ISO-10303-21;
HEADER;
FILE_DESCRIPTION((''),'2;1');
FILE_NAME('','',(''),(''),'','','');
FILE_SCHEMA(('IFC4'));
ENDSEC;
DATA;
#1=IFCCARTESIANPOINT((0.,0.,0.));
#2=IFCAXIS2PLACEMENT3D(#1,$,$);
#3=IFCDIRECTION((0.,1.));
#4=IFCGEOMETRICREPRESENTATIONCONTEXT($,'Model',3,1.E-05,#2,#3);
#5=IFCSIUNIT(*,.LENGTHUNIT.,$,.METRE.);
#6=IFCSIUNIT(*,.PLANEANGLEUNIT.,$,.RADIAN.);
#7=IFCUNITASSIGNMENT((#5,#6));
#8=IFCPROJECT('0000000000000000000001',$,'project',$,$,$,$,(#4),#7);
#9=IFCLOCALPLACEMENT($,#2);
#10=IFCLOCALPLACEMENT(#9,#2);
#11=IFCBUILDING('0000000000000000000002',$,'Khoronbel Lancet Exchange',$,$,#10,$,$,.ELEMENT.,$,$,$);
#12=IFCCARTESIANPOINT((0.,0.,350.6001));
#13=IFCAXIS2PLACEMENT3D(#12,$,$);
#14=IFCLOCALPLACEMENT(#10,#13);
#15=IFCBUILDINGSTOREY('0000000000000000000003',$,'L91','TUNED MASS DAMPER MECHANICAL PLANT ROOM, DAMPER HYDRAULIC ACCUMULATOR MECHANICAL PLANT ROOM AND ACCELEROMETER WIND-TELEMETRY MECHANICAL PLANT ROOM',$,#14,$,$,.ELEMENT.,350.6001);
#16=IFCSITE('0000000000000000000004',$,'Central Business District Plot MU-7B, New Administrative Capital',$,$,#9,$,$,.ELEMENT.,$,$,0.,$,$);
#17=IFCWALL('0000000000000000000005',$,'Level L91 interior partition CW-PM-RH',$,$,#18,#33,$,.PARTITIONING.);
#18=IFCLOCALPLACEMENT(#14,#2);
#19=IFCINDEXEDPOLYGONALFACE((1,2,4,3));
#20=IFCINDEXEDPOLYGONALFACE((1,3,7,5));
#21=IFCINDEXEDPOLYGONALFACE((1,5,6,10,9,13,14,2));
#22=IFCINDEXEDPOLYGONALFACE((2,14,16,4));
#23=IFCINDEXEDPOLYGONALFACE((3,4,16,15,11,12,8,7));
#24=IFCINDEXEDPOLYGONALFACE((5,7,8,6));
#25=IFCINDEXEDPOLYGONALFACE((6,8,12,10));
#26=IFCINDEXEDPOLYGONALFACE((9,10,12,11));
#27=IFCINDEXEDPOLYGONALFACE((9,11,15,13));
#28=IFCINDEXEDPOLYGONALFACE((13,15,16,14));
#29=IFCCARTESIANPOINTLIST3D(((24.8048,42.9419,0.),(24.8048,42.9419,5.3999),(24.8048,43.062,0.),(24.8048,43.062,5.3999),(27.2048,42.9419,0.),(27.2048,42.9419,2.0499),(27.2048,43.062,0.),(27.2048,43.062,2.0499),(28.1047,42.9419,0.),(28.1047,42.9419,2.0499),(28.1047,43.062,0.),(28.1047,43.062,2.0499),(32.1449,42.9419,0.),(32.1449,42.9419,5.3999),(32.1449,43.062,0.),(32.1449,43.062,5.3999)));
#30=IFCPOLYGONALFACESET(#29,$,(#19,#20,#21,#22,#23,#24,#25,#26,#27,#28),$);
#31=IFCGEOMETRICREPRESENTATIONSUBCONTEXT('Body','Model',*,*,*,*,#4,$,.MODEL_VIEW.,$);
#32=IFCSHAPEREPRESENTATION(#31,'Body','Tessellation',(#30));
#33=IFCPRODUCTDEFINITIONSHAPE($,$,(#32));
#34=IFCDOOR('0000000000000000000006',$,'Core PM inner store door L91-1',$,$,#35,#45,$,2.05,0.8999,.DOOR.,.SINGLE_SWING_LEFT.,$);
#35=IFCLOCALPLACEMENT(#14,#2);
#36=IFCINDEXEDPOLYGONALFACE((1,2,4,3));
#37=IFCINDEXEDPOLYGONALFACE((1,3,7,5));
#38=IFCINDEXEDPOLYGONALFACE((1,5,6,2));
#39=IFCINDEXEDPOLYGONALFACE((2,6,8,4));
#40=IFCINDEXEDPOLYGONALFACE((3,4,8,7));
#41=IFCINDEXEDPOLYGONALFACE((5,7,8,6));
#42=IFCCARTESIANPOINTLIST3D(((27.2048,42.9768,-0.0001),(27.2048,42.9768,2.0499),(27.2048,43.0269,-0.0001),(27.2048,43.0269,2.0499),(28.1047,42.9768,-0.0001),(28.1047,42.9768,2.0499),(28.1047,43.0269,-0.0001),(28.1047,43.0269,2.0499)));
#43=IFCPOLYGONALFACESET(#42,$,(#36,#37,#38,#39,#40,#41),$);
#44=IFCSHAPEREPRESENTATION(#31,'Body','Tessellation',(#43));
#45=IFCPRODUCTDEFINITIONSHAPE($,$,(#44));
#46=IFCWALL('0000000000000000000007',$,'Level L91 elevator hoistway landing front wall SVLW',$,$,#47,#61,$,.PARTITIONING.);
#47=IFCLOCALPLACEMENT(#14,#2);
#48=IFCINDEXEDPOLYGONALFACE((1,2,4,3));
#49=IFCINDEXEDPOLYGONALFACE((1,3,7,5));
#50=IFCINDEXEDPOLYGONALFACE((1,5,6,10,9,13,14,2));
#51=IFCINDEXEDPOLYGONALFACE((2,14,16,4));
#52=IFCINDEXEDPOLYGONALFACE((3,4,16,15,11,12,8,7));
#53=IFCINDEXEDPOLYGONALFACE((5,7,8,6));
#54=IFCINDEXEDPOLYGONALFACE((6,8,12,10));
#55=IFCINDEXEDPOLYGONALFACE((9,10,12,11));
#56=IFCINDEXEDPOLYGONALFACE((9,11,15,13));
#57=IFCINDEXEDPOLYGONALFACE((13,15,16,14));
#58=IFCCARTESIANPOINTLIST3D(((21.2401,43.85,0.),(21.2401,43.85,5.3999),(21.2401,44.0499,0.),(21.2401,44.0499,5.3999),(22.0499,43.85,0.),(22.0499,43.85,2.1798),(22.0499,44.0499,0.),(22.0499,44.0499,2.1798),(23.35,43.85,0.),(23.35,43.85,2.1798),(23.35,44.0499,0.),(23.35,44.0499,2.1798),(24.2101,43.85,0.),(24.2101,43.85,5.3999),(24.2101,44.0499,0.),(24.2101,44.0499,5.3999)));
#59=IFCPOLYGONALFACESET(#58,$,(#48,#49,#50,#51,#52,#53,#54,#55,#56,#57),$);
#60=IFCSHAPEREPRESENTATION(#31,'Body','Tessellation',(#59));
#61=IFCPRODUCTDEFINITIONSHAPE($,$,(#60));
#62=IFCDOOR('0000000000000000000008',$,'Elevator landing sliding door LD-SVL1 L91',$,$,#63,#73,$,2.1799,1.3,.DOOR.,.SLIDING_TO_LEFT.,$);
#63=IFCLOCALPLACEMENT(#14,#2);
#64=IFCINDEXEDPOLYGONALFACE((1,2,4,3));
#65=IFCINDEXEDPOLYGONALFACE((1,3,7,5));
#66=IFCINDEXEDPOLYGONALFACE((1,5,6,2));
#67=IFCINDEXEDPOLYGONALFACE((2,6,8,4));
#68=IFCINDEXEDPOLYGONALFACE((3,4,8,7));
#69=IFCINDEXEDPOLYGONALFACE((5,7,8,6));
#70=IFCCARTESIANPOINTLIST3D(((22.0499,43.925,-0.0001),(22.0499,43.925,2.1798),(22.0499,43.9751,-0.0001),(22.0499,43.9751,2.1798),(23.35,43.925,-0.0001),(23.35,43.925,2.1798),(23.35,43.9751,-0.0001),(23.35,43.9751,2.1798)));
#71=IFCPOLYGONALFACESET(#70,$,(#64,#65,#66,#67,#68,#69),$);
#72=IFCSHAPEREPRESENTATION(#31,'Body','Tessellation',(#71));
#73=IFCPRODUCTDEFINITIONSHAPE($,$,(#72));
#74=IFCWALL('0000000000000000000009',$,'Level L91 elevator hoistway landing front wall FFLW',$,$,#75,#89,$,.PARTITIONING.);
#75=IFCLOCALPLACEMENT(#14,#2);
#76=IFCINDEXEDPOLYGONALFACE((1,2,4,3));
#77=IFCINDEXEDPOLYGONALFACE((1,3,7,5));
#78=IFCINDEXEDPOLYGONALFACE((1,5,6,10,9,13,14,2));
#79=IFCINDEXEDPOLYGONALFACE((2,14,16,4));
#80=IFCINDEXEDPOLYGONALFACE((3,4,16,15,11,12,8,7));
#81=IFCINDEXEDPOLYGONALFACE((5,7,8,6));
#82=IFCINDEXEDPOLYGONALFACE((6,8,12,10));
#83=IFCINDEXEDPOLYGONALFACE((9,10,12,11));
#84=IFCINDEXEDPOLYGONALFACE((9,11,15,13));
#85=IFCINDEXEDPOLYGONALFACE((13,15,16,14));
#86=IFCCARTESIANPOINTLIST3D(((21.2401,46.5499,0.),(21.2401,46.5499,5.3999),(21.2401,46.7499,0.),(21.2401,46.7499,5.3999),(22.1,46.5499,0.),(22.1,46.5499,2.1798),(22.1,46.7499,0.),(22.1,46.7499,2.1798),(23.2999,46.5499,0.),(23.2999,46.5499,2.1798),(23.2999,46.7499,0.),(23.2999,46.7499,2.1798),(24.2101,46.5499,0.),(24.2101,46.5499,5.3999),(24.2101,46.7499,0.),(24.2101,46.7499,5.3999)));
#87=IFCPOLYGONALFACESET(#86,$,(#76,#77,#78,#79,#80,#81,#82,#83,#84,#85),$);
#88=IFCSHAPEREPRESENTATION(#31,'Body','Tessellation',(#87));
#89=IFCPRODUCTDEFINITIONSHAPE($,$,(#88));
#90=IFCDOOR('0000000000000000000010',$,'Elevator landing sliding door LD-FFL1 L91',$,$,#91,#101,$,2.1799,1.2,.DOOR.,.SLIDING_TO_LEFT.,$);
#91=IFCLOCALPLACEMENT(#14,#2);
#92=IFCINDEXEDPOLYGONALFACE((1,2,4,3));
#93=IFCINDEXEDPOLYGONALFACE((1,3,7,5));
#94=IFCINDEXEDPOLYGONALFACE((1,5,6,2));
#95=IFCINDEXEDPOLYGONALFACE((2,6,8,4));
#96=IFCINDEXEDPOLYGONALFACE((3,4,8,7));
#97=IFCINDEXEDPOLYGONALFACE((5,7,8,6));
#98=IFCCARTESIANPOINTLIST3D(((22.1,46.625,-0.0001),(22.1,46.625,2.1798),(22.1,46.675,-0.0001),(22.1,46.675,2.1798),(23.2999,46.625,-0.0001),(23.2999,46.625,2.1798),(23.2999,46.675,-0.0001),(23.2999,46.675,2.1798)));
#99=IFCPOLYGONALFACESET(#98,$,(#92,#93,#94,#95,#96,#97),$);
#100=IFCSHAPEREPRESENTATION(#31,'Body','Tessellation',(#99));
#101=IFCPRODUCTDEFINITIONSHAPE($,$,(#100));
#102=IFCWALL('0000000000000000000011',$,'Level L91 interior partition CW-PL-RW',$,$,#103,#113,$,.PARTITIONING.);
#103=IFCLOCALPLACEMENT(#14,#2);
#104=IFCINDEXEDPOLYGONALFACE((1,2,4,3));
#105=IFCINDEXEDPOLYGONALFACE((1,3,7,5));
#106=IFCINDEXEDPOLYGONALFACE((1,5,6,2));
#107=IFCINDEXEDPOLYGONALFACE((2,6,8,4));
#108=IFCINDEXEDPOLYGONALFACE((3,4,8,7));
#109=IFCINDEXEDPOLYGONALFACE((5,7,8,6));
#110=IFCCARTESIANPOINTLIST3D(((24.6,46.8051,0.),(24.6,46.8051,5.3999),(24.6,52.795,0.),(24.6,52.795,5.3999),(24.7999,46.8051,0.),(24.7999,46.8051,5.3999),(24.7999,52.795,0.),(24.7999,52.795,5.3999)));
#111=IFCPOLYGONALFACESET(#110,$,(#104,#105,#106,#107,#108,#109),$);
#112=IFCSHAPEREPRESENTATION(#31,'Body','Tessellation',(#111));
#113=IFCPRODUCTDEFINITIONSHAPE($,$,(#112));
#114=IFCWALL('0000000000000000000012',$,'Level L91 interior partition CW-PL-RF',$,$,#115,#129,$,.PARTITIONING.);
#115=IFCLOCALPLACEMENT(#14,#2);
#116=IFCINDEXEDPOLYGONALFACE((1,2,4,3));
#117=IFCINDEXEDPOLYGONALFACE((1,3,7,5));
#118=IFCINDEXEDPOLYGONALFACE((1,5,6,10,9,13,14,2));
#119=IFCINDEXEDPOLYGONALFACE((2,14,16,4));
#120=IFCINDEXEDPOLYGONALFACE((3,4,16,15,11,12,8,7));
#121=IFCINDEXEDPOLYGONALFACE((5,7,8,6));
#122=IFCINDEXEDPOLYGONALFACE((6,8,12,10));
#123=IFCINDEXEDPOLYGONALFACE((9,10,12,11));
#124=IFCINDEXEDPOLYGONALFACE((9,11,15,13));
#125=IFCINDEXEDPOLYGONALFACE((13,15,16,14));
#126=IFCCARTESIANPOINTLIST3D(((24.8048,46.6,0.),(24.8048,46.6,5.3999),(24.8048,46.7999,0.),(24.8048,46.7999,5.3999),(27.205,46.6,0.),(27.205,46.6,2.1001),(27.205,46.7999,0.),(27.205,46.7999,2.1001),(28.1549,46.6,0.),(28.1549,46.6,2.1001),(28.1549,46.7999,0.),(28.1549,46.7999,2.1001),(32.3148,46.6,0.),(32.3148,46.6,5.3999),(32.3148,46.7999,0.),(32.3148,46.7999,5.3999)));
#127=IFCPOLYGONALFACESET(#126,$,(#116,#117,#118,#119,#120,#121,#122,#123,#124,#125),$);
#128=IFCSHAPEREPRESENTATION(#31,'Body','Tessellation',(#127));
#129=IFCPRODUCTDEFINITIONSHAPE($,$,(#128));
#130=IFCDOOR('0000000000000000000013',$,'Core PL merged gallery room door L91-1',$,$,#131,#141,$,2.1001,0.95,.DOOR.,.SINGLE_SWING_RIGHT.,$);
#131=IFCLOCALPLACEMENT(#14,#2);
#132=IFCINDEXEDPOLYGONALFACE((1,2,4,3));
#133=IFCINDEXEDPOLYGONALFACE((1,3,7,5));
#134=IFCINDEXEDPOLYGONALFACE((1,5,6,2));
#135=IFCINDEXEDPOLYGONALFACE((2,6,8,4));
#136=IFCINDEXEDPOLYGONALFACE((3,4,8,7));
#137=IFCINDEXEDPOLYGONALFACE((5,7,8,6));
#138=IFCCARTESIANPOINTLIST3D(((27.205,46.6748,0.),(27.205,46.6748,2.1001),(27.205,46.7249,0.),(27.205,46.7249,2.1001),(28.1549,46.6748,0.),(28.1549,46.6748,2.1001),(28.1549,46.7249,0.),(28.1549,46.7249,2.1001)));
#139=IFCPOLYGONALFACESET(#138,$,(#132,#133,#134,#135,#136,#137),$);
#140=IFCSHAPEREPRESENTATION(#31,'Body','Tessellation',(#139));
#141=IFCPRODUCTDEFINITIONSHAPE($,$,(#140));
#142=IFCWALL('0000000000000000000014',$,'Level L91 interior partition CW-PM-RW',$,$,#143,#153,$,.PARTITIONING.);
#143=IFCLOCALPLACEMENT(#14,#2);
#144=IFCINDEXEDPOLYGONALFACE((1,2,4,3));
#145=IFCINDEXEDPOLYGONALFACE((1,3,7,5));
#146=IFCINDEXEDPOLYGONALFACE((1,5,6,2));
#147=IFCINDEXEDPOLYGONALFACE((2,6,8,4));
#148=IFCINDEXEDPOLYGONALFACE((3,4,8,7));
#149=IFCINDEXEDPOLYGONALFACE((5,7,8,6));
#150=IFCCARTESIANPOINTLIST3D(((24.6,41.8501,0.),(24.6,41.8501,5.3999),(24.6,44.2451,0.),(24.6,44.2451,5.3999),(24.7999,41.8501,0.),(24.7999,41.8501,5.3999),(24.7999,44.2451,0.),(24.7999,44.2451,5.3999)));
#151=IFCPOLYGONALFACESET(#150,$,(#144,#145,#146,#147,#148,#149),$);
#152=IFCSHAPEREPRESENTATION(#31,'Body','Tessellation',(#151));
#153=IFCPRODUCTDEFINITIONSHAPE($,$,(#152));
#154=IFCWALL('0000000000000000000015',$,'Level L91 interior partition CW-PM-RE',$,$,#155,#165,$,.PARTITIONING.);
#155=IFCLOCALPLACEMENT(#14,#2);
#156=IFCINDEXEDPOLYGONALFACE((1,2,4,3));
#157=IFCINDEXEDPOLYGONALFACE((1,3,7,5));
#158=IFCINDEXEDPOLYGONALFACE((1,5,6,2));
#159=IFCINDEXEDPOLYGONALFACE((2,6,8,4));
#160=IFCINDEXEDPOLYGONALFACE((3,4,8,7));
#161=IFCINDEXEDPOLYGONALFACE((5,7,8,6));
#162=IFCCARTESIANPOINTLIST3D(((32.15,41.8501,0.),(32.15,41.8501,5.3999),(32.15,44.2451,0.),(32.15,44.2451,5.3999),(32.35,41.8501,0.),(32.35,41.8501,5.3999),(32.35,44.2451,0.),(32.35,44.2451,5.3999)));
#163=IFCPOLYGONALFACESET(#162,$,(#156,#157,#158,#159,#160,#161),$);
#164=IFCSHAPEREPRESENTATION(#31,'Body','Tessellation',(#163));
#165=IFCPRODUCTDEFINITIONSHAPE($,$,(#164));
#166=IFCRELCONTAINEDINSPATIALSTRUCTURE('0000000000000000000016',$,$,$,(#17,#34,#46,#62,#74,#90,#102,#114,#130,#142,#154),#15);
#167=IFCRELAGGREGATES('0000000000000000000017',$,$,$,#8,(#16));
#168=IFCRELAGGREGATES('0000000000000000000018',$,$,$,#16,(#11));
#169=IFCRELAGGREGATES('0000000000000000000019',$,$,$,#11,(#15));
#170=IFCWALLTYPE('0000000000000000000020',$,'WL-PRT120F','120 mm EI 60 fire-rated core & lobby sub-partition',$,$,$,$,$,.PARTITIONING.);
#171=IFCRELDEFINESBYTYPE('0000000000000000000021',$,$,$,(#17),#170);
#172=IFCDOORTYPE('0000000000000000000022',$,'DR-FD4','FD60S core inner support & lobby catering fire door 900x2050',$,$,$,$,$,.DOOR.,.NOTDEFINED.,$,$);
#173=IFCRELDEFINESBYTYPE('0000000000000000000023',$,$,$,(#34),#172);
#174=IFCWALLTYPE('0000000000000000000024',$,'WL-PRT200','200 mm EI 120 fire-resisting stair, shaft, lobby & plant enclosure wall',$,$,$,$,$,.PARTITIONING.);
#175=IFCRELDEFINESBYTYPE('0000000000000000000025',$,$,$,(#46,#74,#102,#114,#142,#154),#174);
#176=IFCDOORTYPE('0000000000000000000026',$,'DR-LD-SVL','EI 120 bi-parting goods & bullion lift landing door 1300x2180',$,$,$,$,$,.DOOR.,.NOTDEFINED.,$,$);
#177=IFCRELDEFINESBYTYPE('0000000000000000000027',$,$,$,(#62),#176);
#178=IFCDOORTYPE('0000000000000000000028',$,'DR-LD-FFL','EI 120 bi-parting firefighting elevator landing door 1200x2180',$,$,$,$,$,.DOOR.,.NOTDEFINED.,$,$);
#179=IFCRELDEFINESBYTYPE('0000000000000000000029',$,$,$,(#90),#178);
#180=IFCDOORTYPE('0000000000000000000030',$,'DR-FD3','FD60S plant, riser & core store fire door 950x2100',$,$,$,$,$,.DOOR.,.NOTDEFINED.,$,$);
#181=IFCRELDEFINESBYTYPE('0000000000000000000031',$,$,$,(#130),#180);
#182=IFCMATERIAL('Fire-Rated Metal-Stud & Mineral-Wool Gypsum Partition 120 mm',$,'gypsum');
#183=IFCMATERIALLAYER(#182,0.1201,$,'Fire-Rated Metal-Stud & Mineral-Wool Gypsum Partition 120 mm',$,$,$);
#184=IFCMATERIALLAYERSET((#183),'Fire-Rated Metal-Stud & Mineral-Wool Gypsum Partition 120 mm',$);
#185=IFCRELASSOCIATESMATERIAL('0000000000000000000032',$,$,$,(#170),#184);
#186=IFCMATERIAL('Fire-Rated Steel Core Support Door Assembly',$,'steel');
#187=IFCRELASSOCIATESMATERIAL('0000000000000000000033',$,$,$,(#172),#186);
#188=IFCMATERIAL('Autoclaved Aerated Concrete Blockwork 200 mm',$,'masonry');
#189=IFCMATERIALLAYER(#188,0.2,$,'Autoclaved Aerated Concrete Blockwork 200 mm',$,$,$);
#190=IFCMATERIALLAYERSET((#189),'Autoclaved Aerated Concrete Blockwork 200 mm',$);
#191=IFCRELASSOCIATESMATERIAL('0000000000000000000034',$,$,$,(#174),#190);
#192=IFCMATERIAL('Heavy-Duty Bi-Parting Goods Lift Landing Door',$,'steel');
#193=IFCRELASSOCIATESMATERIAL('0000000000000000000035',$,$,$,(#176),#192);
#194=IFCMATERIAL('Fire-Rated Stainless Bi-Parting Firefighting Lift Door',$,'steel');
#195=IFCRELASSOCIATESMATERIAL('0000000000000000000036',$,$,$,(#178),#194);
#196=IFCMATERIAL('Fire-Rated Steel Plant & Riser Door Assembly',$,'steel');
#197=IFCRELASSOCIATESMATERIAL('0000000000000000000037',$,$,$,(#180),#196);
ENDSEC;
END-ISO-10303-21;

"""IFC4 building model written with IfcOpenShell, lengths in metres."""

from ifc_helpers import new_model, si_unit, direction, frame, frame_2d, origin, place, context, subcontext, project, spatial, rectangle, extrude, material, layer, layer_set, type_object, element, fill, save


model = new_model("IFC4")

# Units and contexts
model_context = context("Model", 3, precision=1e-05, world=origin(), true_north=direction((0.0, 1.0)))
body_context = subcontext(model_context, "Body", "Model", "MODEL_VIEW")
ifc_project = project(units=[si_unit("LENGTHUNIT", "METRE"), si_unit("PLANEANGLEUNIT", "RADIAN")], contexts=[model_context])

# Site, building, storey
site_placement = place(None, origin())
site = spatial("IfcSite", under=ifc_project, at=site_placement, Name="Central Business District Plot MU-7B, New Administrative Capital", CompositionType="ELEMENT", RefElevation=0.0)
building_placement = place(site_placement, origin())
building = spatial("IfcBuilding", under=site, at=building_placement, Name="Khoronbel Lancet Exchange", CompositionType="ELEMENT")
storey_placement = place(building_placement, frame((0.0, 0.0, 350.6001)))
storey = spatial("IfcBuildingStorey", under=building, at=storey_placement, Name="L91", Description="TUNED MASS DAMPER MECHANICAL PLANT ROOM, DAMPER HYDRAULIC ACCUMULATOR MECHANICAL PLANT ROOM AND ACCELEROMETER WIND-TELEMETRY MECHANICAL PLANT ROOM", CompositionType="ELEMENT", Elevation=350.6001)

# Shared definitions
ifc_material_1 = material(Name="Fire-Rated Metal-Stud & Mineral-Wool Gypsum Partition 120 mm", Category="gypsum")
ifc_layer_1 = layer(ifc_material_1, 0.1201, Name="Fire-Rated Metal-Stud & Mineral-Wool Gypsum Partition 120 mm")
ifc_layer_set_1 = layer_set([ifc_layer_1], Name="Fire-Rated Metal-Stud & Mineral-Wool Gypsum Partition 120 mm")
wall_type_1 = type_object("IfcWallType", Name="WL-PRT120F", Description="120 mm EI 60 fire-rated core & lobby sub-partition", PredefinedType="PARTITIONING", material=ifc_layer_set_1)

# Walls, openings, doors
ifc_material_2 = material(Name="Fire-Rated Steel Core Support Door Assembly", Category="steel")
door_type_1 = type_object("IfcDoorType", Name="DR-FD4", Description="FD60S core inner support & lobby catering fire door 900x2050", OperationType="NOTDEFINED", PredefinedType="DOOR", material=ifc_material_2)
wall_1_placement = place(storey_placement, frame((24.8049, 43.002, 0.0), z_axis=(0.0, 0.0, 1.0), x_axis=(1.0, 0.0, 0.0)))
wall_1 = element("IfcWall", 1, at=wall_1_placement, inside=storey, type_object=wall_type_1, Name="Level L91 interior partition CW-PM-RH", PredefinedType="PARTITIONING", context=body_context, shape_type="SweptSolid", body=[
    extrude(rectangle(XDim=7.3401, YDim=0.1201, at=frame_2d((3.6699, 0.0))), origin(), (0.0, 0.0, 1.0), 5.3999),
])
opening_1_placement = place(wall_1_placement, frame((2.3999, 0.0, 0.0)))
opening_1 = element("IfcOpeningElement", 2, at=opening_1_placement, cuts=wall_1, PredefinedType="OPENING", context=body_context, shape_type="SweptSolid", body=[
    extrude(rectangle(XDim=0.8999, YDim=2.05, at=frame_2d((0.45, 1.0249))), frame((0.0, 0.0701, 0.0), z_axis=(0.0, -1.0, 0.0), x_axis=(1.0, 0.0, 0.0)), (0.0, 0.0, 1.0), 0.1401),
])
door_1_placement = place(opening_1_placement, origin())
door_1 = element("IfcDoor", 3, at=door_1_placement, inside=storey, type_object=door_type_1, Name="Core PM inner store door L91-1", OperationType="SINGLE_SWING_LEFT", OverallHeight=2.05, OverallWidth=0.8999, PredefinedType="DOOR", context=body_context, shape_type="SweptSolid", body=[
    extrude(rectangle(XDim=0.8999, YDim=2.05, at=frame_2d((0.45, 1.0249))), frame((0.0, 0.0249, 0.0), z_axis=(0.0, -1.0, 0.0), x_axis=(1.0, 0.0, 0.0)), (0.0, 0.0, 1.0), 0.05),
])
fill(opening_1, door_1)
ifc_material_3 = material(Name="Autoclaved Aerated Concrete Blockwork 200 mm", Category="masonry")
ifc_layer_2 = layer(ifc_material_3, 0.2, Name="Autoclaved Aerated Concrete Blockwork 200 mm")
ifc_layer_set_2 = layer_set([ifc_layer_2], Name="Autoclaved Aerated Concrete Blockwork 200 mm")
wall_type_2 = type_object("IfcWallType", Name="WL-PRT200", Description="200 mm EI 120 fire-resisting stair, shaft, lobby & plant enclosure wall", PredefinedType="PARTITIONING", material=ifc_layer_set_2)
wall_2_placement = place(storey_placement, frame((24.21, 43.95, 0.0), z_axis=(0.0, 0.0, 1.0), x_axis=(-1.0, 0.0, 0.0)))
wall_2 = element("IfcWall", 4, at=wall_2_placement, inside=storey, type_object=wall_type_2, Name="Level L91 elevator hoistway landing front wall SVLW", PredefinedType="PARTITIONING", context=body_context, shape_type="SweptSolid", body=[
    extrude(rectangle(XDim=2.97, YDim=0.2, at=frame_2d((1.4849, 0.0))), origin(), (0.0, 0.0, 1.0), 5.3999),
])
opening_2_placement = place(wall_2_placement, frame((0.8601, 0.0, 0.0)))
opening_2 = element("IfcOpeningElement", 5, at=opening_2_placement, cuts=wall_2, PredefinedType="OPENING", context=body_context, shape_type="SweptSolid", body=[
    extrude(rectangle(XDim=1.3, YDim=2.1799, at=frame_2d((0.6499, 1.0898))), frame((0.0, 0.1099, 0.0), z_axis=(0.0, -1.0, 0.0), x_axis=(1.0, 0.0, 0.0)), (0.0, 0.0, 1.0), 0.22),
])
ifc_material_4 = material(Name="Heavy-Duty Bi-Parting Goods Lift Landing Door", Category="steel")
door_type_2 = type_object("IfcDoorType", Name="DR-LD-SVL", Description="EI 120 bi-parting goods & bullion lift landing door 1300x2180", OperationType="NOTDEFINED", PredefinedType="DOOR", material=ifc_material_4)
door_2_placement = place(opening_2_placement, origin())
door_2 = element("IfcDoor", 6, at=door_2_placement, inside=storey, type_object=door_type_2, Name="Elevator landing sliding door LD-SVL1 L91", OperationType="SLIDING_TO_LEFT", OverallHeight=2.1799, OverallWidth=1.3, PredefinedType="DOOR", context=body_context, shape_type="SweptSolid", body=[
    extrude(rectangle(XDim=1.3, YDim=2.1799, at=frame_2d((0.6499, 1.0898))), frame((0.0, 0.0249, 0.0), z_axis=(0.0, -1.0, 0.0), x_axis=(1.0, 0.0, 0.0)), (0.0, 0.0, 1.0), 0.05),
])
fill(opening_2, door_2)
wall_3_placement = place(storey_placement, frame((24.21, 46.6499, 0.0), z_axis=(0.0, 0.0, 1.0), x_axis=(-1.0, 0.0, 0.0)))
wall_3 = element("IfcWall", 7, at=wall_3_placement, inside=storey, type_object=wall_type_2, Name="Level L91 elevator hoistway landing front wall FFLW", PredefinedType="PARTITIONING", context=body_context, shape_type="SweptSolid", body=[
    extrude(rectangle(XDim=2.97, YDim=0.2, at=frame_2d((1.4849, 0.0))), origin(), (0.0, 0.0, 1.0), 5.3999),
])
opening_3_placement = place(wall_3_placement, frame((0.9099, 0.0, 0.0)))
opening_3 = element("IfcOpeningElement", 8, at=opening_3_placement, cuts=wall_3, PredefinedType="OPENING", context=body_context, shape_type="SweptSolid", body=[
    extrude(rectangle(XDim=1.2, YDim=2.1799, at=frame_2d((0.6001, 1.0898))), frame((0.0, 0.1099, 0.0), z_axis=(0.0, -1.0, 0.0), x_axis=(1.0, 0.0, 0.0)), (0.0, 0.0, 1.0), 0.22),
])
ifc_material_5 = material(Name="Fire-Rated Stainless Bi-Parting Firefighting Lift Door", Category="steel")
door_type_3 = type_object("IfcDoorType", Name="DR-LD-FFL", Description="EI 120 bi-parting firefighting elevator landing door 1200x2180", OperationType="NOTDEFINED", PredefinedType="DOOR", material=ifc_material_5)
door_3_placement = place(opening_3_placement, origin())
door_3 = element("IfcDoor", 9, at=door_3_placement, inside=storey, type_object=door_type_3, Name="Elevator landing sliding door LD-FFL1 L91", OperationType="SLIDING_TO_LEFT", OverallHeight=2.1799, OverallWidth=1.2, PredefinedType="DOOR", context=body_context, shape_type="SweptSolid", body=[
    extrude(rectangle(XDim=1.2, YDim=2.1799, at=frame_2d((0.6001, 1.0898))), frame((0.0, 0.0249, 0.0), z_axis=(0.0, -1.0, 0.0), x_axis=(1.0, 0.0, 0.0)), (0.0, 0.0, 1.0), 0.05),
])
fill(opening_3, door_3)

# Wall
wall_4_placement = place(storey_placement, frame((24.7, 46.8049, 0.0), z_axis=(0.0, 0.0, 1.0), x_axis=(0.0, 1.0, 0.0)))
element("IfcWall", 10, at=wall_4_placement, inside=storey, type_object=wall_type_2, Name="Level L91 interior partition CW-PL-RW", PredefinedType="PARTITIONING", context=body_context, shape_type="SweptSolid", body=[
    extrude(rectangle(XDim=5.99, YDim=0.2, at=frame_2d((2.9951, 0.0))), origin(), (0.0, 0.0, 1.0), 5.3999),
])

# Wall, opening, door
wall_5_placement = place(storey_placement, frame((24.8049, 46.7, 0.0), z_axis=(0.0, 0.0, 1.0), x_axis=(1.0, 0.0, 0.0)))
wall_5 = element("IfcWall", 11, at=wall_5_placement, inside=storey, type_object=wall_type_2, Name="Level L91 interior partition CW-PL-RF", PredefinedType="PARTITIONING", context=body_context, shape_type="SweptSolid", body=[
    extrude(rectangle(XDim=7.51, YDim=0.2, at=frame_2d((3.7549, 0.0))), origin(), (0.0, 0.0, 1.0), 5.3999),
])
opening_4_placement = place(wall_5_placement, frame((2.3999, 0.0, 0.0)))
opening_4 = element("IfcOpeningElement", 12, at=opening_4_placement, cuts=wall_5, PredefinedType="OPENING", context=body_context, shape_type="SweptSolid", body=[
    extrude(rectangle(XDim=0.95, YDim=2.1001, at=frame_2d((0.4751, 1.05))), frame((0.0, 0.1099, 0.0), z_axis=(0.0, -1.0, 0.0), x_axis=(1.0, 0.0, 0.0)), (0.0, 0.0, 1.0), 0.22),
])
ifc_material_6 = material(Name="Fire-Rated Steel Plant & Riser Door Assembly", Category="steel")
door_type_4 = type_object("IfcDoorType", Name="DR-FD3", Description="FD60S plant, riser & core store fire door 950x2100", OperationType="NOTDEFINED", PredefinedType="DOOR", material=ifc_material_6)
door_4_placement = place(opening_4_placement, origin())
door_4 = element("IfcDoor", 13, at=door_4_placement, inside=storey, type_object=door_type_4, Name="Core PL merged gallery room door L91-1", OperationType="SINGLE_SWING_RIGHT", OverallHeight=2.1001, OverallWidth=0.95, PredefinedType="DOOR", context=body_context, shape_type="SweptSolid", body=[
    extrude(rectangle(XDim=0.95, YDim=2.1001, at=frame_2d((0.4751, 1.05))), frame((0.0, 0.0249, 0.0), z_axis=(0.0, -1.0, 0.0), x_axis=(1.0, 0.0, 0.0)), (0.0, 0.0, 1.0), 0.05),
])
fill(opening_4, door_4)

# Walls
for number, where, z_axis, x_axis, name in (
    (14, (24.7, 41.8501, 0.0), (0.0, 0.0, 1.0), (0.0, 1.0, 0.0), "Level L91 interior partition CW-PM-RW"),
    (15, (32.25, 41.8501, 0.0), (0.0, 0.0, 1.0), (0.0, 1.0, 0.0), "Level L91 interior partition CW-PM-RE"),
):
    element("IfcWall", number, at=place(storey_placement, frame(where, z_axis=z_axis, x_axis=x_axis)), inside=storey, type_object=wall_type_2, Name=name, PredefinedType="PARTITIONING", context=body_context, shape_type="SweptSolid", body=[
        extrude(rectangle(XDim=2.395, YDim=0.2, at=frame_2d((1.1975, 0.0))), origin(), (0.0, 0.0, 1.0), 5.3999),
    ])

save(model, "model.ifc")
